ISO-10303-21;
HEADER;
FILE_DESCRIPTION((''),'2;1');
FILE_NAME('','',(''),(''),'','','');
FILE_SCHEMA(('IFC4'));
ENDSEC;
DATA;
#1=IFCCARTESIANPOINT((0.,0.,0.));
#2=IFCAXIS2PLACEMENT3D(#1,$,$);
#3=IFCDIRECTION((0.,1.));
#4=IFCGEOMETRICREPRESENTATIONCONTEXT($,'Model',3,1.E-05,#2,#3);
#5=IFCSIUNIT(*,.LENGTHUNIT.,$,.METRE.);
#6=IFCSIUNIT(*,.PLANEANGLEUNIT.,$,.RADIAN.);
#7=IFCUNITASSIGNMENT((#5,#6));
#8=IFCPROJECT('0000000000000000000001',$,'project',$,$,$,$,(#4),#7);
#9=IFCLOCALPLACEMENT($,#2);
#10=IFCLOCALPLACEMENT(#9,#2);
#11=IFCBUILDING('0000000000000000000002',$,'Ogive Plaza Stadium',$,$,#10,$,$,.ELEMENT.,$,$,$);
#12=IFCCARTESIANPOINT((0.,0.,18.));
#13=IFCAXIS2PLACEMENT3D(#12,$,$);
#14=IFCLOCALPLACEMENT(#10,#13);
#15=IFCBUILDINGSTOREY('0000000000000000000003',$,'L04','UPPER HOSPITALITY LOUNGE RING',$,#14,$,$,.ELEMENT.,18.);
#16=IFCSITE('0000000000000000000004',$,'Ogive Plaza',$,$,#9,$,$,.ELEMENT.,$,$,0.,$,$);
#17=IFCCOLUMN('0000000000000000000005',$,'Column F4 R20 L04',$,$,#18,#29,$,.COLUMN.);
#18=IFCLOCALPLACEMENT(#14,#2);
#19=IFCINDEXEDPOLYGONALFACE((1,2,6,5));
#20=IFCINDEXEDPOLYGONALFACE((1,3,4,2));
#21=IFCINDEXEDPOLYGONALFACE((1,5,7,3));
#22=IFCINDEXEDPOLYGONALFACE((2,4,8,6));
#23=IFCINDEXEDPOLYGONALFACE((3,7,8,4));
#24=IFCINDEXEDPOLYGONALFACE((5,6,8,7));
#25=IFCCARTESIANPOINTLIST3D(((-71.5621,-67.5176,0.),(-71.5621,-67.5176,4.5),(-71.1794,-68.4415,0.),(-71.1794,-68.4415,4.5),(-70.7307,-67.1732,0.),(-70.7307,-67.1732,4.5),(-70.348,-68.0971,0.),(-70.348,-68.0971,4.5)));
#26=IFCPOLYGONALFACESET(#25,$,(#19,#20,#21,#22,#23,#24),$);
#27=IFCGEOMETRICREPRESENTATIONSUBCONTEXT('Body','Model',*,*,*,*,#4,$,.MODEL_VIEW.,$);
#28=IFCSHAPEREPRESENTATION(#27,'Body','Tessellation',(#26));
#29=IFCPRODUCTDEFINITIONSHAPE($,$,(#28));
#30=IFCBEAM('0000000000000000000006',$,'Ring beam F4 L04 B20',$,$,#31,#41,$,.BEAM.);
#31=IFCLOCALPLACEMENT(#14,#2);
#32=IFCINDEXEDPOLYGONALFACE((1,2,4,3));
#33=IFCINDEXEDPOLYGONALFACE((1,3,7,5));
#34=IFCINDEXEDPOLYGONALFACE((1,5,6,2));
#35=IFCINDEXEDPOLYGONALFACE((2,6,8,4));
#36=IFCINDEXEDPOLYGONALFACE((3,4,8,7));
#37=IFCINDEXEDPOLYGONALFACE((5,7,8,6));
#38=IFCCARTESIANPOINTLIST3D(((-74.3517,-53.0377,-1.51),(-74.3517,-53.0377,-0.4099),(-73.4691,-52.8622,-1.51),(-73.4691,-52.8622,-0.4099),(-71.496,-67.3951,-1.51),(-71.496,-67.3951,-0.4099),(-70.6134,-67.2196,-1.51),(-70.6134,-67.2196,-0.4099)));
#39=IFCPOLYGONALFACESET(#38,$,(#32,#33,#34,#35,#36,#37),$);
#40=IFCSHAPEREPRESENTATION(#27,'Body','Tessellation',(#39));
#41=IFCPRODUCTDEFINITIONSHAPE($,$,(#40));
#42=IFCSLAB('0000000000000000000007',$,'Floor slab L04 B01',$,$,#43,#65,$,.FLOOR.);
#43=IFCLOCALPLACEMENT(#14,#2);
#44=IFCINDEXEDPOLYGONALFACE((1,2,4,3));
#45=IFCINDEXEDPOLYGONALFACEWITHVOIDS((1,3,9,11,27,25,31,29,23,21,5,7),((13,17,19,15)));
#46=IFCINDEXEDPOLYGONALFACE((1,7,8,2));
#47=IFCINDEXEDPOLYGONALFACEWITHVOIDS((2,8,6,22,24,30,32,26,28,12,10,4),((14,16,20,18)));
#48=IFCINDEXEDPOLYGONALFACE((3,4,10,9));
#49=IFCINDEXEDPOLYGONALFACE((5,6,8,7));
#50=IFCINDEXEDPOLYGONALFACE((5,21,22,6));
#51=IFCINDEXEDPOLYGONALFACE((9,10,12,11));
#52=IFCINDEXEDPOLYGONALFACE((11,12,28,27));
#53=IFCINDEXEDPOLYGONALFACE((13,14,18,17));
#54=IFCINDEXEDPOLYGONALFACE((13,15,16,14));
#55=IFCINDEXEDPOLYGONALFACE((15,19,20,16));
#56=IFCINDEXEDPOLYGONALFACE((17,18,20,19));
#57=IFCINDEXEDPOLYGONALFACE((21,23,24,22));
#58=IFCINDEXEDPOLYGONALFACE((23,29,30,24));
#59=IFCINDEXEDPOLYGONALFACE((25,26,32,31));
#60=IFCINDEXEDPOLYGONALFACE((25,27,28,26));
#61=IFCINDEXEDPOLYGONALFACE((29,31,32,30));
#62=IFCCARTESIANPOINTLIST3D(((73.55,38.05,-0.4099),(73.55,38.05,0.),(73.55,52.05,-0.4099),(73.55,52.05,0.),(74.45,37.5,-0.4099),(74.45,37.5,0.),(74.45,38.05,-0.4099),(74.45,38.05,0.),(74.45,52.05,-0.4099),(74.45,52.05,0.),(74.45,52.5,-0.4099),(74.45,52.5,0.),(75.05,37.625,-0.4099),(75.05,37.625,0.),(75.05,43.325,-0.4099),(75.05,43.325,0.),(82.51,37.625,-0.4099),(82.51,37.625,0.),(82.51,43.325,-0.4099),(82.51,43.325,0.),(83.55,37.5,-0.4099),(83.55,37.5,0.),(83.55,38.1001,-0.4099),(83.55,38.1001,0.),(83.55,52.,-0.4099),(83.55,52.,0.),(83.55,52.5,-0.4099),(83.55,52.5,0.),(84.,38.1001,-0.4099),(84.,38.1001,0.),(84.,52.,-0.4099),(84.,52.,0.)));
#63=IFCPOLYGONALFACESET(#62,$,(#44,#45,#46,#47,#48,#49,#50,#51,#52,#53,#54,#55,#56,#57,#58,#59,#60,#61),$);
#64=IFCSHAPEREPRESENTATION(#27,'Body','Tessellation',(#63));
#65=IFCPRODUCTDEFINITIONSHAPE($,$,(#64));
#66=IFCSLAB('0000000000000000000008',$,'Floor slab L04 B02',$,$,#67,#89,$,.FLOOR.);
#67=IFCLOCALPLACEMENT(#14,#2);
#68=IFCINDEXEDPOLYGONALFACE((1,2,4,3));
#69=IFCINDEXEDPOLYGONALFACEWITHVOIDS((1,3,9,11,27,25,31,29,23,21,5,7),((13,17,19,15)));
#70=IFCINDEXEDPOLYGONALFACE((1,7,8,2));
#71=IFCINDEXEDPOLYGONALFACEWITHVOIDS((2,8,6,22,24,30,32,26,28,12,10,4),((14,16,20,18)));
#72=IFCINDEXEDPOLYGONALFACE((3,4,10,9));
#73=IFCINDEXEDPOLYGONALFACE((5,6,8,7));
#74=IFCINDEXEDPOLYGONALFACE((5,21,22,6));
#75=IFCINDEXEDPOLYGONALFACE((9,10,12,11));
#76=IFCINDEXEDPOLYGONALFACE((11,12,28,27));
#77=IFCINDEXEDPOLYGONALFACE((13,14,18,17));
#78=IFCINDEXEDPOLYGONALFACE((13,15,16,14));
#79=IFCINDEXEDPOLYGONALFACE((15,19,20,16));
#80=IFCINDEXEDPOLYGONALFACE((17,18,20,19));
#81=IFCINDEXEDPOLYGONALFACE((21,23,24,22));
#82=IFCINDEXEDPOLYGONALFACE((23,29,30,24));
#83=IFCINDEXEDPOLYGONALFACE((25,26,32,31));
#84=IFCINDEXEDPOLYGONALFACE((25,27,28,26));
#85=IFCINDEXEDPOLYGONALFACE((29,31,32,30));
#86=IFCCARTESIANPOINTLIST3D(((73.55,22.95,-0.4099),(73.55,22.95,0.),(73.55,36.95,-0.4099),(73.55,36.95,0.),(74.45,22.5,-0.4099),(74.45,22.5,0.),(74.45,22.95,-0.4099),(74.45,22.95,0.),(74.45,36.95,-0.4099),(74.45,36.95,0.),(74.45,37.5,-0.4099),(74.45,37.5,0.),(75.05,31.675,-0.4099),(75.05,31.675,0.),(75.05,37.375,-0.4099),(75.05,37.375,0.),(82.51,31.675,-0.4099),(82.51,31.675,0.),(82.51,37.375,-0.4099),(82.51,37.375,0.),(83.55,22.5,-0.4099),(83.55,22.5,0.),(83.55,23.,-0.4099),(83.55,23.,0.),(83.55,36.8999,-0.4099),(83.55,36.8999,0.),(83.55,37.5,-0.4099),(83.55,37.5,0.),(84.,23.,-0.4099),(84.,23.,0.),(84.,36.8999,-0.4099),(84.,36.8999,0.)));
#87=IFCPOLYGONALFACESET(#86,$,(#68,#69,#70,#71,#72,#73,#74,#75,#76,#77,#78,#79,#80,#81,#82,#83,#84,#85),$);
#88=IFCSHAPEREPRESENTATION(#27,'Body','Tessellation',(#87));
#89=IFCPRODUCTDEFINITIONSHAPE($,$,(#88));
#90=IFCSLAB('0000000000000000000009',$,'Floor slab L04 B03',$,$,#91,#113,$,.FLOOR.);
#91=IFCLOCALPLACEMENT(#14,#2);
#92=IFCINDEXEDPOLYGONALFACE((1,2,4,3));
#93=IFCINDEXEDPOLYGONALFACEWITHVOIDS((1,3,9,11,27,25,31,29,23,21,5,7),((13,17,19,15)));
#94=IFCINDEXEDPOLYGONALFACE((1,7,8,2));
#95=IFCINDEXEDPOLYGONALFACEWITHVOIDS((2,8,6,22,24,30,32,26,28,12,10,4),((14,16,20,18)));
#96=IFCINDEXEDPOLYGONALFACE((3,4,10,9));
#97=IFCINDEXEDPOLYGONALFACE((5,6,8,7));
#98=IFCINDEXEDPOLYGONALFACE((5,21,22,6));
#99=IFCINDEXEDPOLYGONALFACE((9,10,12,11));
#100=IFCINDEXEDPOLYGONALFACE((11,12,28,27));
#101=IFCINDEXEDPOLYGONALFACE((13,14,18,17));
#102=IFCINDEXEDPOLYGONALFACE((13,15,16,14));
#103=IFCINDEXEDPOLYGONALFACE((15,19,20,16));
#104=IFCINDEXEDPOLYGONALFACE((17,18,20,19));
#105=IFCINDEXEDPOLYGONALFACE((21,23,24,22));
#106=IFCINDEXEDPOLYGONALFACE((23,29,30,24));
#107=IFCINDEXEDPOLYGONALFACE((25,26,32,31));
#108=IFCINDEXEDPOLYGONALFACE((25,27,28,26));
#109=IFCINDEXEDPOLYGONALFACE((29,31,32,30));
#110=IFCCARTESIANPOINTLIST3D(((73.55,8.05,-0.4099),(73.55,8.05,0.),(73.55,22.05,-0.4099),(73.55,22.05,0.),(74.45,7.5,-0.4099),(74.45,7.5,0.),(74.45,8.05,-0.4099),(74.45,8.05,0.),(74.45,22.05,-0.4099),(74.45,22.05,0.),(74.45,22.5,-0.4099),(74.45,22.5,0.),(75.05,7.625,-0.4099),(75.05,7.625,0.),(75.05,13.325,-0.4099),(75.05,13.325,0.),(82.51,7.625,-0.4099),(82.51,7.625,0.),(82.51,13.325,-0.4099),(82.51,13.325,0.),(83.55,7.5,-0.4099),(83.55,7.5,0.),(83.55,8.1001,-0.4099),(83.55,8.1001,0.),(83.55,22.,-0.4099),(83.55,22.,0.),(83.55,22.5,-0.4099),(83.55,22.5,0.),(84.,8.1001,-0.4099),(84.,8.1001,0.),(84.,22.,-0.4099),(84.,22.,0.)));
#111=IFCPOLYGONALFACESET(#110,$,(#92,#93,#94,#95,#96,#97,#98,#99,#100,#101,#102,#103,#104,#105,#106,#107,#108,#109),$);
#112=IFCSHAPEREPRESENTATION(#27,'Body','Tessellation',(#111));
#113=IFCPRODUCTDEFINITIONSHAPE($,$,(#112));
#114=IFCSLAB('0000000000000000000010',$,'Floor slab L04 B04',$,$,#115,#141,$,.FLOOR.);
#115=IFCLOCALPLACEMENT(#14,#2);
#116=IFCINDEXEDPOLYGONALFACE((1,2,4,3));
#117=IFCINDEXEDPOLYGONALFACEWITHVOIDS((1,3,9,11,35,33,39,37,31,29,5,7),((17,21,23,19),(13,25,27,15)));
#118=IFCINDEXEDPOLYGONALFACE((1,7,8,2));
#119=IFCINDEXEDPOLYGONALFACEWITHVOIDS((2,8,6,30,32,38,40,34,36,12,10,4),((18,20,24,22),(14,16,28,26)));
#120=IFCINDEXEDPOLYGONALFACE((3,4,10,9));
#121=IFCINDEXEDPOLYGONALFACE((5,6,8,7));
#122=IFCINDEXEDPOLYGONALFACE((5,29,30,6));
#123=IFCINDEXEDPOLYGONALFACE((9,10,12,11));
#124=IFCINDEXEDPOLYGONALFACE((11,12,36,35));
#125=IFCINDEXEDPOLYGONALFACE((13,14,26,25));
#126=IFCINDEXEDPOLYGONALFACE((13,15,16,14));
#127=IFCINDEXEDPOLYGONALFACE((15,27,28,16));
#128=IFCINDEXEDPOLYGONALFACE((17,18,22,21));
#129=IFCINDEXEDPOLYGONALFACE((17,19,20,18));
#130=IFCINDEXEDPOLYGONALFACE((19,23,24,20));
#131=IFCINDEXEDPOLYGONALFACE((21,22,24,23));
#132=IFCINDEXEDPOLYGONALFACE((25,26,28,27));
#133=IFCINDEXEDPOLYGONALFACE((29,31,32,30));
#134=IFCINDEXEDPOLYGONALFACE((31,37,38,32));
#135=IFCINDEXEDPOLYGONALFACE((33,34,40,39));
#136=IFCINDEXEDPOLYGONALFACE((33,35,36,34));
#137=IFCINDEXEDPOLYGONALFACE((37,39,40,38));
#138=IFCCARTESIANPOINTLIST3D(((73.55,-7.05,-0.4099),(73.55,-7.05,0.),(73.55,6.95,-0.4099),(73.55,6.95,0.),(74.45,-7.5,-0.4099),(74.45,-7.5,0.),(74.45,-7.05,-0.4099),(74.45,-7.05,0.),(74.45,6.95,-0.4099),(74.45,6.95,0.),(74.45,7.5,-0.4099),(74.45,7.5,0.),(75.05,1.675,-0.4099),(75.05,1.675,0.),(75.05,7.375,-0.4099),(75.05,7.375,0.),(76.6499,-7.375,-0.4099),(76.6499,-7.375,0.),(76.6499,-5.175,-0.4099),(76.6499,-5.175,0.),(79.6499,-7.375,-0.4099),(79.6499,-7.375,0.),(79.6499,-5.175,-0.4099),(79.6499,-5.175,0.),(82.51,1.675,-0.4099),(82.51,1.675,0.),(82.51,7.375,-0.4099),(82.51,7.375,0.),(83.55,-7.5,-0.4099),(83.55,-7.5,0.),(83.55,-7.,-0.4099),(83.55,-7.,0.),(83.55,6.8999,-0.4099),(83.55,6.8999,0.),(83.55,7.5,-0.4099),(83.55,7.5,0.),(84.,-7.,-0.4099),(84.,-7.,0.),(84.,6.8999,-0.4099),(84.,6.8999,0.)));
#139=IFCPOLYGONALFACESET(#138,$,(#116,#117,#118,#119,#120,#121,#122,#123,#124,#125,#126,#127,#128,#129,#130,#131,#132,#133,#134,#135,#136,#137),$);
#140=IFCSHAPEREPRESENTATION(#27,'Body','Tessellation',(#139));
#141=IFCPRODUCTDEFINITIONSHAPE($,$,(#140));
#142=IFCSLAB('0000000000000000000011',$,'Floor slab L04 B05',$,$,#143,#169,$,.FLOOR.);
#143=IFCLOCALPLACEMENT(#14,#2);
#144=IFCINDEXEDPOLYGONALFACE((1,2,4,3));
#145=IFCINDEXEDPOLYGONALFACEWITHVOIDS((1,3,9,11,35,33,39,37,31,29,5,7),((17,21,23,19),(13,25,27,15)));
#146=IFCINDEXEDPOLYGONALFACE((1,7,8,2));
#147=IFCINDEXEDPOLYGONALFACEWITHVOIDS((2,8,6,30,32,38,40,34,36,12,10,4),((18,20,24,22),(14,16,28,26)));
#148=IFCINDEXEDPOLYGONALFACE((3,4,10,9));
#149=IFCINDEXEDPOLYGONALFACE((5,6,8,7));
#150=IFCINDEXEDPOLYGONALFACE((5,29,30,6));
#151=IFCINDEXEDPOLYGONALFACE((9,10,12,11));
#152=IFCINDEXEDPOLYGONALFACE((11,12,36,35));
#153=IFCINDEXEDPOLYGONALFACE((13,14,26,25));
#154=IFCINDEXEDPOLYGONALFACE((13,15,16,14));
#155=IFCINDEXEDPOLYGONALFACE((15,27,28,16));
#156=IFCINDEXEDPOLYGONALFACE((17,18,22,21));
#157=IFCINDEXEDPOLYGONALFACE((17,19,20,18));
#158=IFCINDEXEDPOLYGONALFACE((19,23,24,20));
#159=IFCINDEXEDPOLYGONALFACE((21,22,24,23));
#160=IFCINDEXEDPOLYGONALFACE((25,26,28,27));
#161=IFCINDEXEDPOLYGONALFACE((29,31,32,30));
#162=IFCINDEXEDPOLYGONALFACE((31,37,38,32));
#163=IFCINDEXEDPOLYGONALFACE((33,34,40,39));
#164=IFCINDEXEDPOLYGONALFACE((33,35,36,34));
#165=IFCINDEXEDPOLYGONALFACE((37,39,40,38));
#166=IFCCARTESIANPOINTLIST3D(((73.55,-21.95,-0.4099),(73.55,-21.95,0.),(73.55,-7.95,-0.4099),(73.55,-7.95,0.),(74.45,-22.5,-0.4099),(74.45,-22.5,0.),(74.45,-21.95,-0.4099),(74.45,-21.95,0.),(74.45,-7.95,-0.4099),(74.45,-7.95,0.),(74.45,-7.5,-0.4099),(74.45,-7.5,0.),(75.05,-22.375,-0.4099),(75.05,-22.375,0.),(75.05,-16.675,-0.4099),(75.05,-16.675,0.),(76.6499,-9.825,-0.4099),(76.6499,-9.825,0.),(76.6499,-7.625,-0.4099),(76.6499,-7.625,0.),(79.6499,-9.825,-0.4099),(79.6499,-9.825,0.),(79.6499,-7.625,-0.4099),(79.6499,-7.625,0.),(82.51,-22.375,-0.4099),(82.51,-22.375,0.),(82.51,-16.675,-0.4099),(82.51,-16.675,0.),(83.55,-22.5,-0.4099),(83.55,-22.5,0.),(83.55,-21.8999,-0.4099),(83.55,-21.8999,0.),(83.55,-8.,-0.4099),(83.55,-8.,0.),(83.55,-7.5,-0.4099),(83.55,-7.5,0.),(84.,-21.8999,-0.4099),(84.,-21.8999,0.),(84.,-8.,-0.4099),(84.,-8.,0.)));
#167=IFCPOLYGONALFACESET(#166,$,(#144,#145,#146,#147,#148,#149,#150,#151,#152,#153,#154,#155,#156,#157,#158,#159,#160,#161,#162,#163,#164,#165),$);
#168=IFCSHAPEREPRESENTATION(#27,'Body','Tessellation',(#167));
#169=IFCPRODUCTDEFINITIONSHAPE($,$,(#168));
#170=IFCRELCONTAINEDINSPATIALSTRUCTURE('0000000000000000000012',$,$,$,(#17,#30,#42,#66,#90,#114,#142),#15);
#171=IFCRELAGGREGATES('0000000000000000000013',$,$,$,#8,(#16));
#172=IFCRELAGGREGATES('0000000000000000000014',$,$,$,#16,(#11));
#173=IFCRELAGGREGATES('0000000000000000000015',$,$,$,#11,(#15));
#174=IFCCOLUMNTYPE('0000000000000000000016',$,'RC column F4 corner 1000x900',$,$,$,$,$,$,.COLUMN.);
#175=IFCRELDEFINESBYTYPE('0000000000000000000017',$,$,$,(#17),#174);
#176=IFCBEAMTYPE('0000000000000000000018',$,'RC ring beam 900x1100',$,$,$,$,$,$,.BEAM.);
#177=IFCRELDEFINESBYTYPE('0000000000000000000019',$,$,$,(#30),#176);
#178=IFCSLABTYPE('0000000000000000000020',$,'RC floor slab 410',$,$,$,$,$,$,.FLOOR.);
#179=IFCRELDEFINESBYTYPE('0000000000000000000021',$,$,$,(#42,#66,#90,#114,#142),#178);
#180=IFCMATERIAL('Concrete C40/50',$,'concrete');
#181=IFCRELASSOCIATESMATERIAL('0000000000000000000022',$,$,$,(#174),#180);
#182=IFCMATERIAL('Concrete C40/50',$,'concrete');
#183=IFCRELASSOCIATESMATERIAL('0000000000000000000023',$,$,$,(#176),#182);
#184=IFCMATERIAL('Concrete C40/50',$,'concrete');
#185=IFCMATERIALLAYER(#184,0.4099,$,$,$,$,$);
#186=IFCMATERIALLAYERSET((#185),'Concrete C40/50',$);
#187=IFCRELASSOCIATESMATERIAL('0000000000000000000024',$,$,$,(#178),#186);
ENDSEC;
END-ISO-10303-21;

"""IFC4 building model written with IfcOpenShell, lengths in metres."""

from ifc_helpers import new_model, si_unit, direction, frame, origin, origin_2d, place, context, subcontext, project, spatial, polyline, rectangle, outline, extrude, material, layer, layer_set, material_profile, profile_set, type_object, element, save


model = new_model("IFC4")

# Units and contexts
model_context = context("Model", 3, precision=1e-05, world=origin(), true_north=direction((0.0, 1.0)))
body_context = subcontext(model_context, "Body", "Model", "MODEL_VIEW")
ifc_project = project(units=[si_unit("LENGTHUNIT", "METRE"), si_unit("PLANEANGLEUNIT", "RADIAN")], contexts=[model_context])

# Site, building, storey
site_placement = place(None, origin())
site = spatial("IfcSite", under=ifc_project, at=site_placement, Name="Ogive Plaza", CompositionType="ELEMENT", RefElevation=0.0)
building_placement = place(site_placement, origin())
building = spatial("IfcBuilding", under=site, at=building_placement, Name="Ogive Plaza Stadium", CompositionType="ELEMENT")
storey_placement = place(building_placement, frame((0.0, 0.0, 18.0)))
storey = spatial("IfcBuildingStorey", under=building, at=storey_placement, Name="L04", Description="UPPER HOSPITALITY LOUNGE RING", CompositionType="ELEMENT", Elevation=18.0)

# Column
ifc_material_1 = material(Name="Concrete C40/50", Category="concrete")
ifc_material_profile_1 = material_profile(ifc_material_1, rectangle(XDim=1.0, YDim=0.8999, at=origin_2d()), Name="RC 1000x900")
ifc_profile_set_1 = profile_set([ifc_material_profile_1], Name="Concrete C40/50")
column_type = type_object("IfcColumnType", Name="RC column F4 corner 1000x900", PredefinedType="COLUMN", material=ifc_profile_set_1)
column_placement = place(storey_placement, frame((-70.9551, -67.8074, 0.0), z_axis=(0.0, 0.0, 1.0), x_axis=(0.382683, -0.92388, 0.0)))
element("IfcColumn", 1, at=column_placement, inside=storey, type_object=column_type, Name="Column F4 R20 L04", PredefinedType="COLUMN", context=body_context, shape_type="SweptSolid", body=[
    extrude(rectangle(XDim=1.0, YDim=0.8999, at=origin_2d()), origin(), (0.0, 0.0, 1.0), 4.5),
])

# Beam
ifc_material_2 = material(Name="Concrete C40/50", Category="concrete")
ifc_material_profile_2 = material_profile(ifc_material_2, rectangle(XDim=0.8999, YDim=1.1001, at=origin_2d()), Name="RC 900x1100")
ifc_profile_set_2 = profile_set([ifc_material_profile_2], Name="Concrete C40/50")
beam_type = type_object("IfcBeamType", Name="RC ring beam 900x1100", PredefinedType="BEAM", material=ifc_profile_set_2)
beam_placement = place(storey_placement, frame((-71.0547, -67.3074, -0.96), z_axis=(-0.19508, 0.980787, 0.0), x_axis=(-0.980787, -0.19508, 0.0)))
element("IfcBeam", 2, at=beam_placement, inside=storey, type_object=beam_type, Name="Ring beam F4 L04 B20", PredefinedType="BEAM", context=body_context, shape_type="SweptSolid", body=[
    extrude(rectangle(XDim=0.8999, YDim=1.1001, at=origin_2d()), origin(), (0.0, 0.0, 1.0), 14.6387),
])

# Slabs
ifc_material_3 = material(Name="Concrete C40/50", Category="concrete")
ifc_layer_1 = layer(ifc_material_3, 0.4099)
ifc_layer_set_1 = layer_set([ifc_layer_1], Name="Concrete C40/50")
slab_type = type_object("IfcSlabType", Name="RC floor slab 410", PredefinedType="FLOOR", material=ifc_layer_set_1)
slab_1_placement = place(storey_placement, frame((0.0, 0.0, -0.4099)))
element("IfcSlab", 3, at=slab_1_placement, inside=storey, type_object=slab_type, Name="Floor slab L04 B01", PredefinedType="FLOOR", context=body_context, shape_type="SweptSolid", body=[
    extrude(outline(polyline([(83.55, 37.5), (83.55, 38.1001), (84.0, 38.1001), (84.0, 52.0), (83.55, 52.0), (83.55, 52.5), (74.45, 52.5), (74.45, 52.05), (73.55, 52.05), (73.55, 38.05), (74.45, 38.05), (74.45, 37.5), (83.55, 37.5)]), holes=[polyline([(75.05, 43.325), (75.05, 37.625), (82.51, 37.625), (82.51, 43.325), (75.05, 43.325)])]), origin(), (0.0, 0.0, 1.0), 0.4099),
])
slab_2_placement = place(storey_placement, frame((0.0, 0.0, -0.4099)))
element("IfcSlab", 4, at=slab_2_placement, inside=storey, type_object=slab_type, Name="Floor slab L04 B02", PredefinedType="FLOOR", context=body_context, shape_type="SweptSolid", body=[
    extrude(outline(polyline([(83.55, 22.5), (83.55, 23.0), (84.0, 23.0), (84.0, 36.8999), (83.55, 36.8999), (83.55, 37.5), (74.45, 37.5), (74.45, 36.95), (73.55, 36.95), (73.55, 22.95), (74.45, 22.95), (74.45, 22.5), (83.55, 22.5)]), holes=[polyline([(75.05, 37.375), (75.05, 31.675), (82.51, 31.675), (82.51, 37.375), (75.05, 37.375)])]), origin(), (0.0, 0.0, 1.0), 0.4099),
])
slab_3_placement = place(storey_placement, frame((0.0, 0.0, -0.4099)))
element("IfcSlab", 5, at=slab_3_placement, inside=storey, type_object=slab_type, Name="Floor slab L04 B03", PredefinedType="FLOOR", context=body_context, shape_type="SweptSolid", body=[
    extrude(outline(polyline([(83.55, 7.5), (83.55, 8.1001), (84.0, 8.1001), (84.0, 22.0), (83.55, 22.0), (83.55, 22.5), (74.45, 22.5), (74.45, 22.05), (73.55, 22.05), (73.55, 8.05), (74.45, 8.05), (74.45, 7.5), (83.55, 7.5)]), holes=[polyline([(75.05, 13.325), (75.05, 7.625), (82.51, 7.625), (82.51, 13.325), (75.05, 13.325)])]), origin(), (0.0, 0.0, 1.0), 0.4099),
])
slab_4_placement = place(storey_placement, frame((0.0, 0.0, -0.4099)))
element("IfcSlab", 6, at=slab_4_placement, inside=storey, type_object=slab_type, Name="Floor slab L04 B04", PredefinedType="FLOOR", context=body_context, shape_type="SweptSolid", body=[
    extrude(outline(polyline([(83.55, -7.5), (83.55, -7.0), (84.0, -7.0), (84.0, 6.8999), (83.55, 6.8999), (83.55, 7.5), (74.45, 7.5), (74.45, 6.95), (73.55, 6.95), (73.55, -7.05), (74.45, -7.05), (74.45, -7.5), (83.55, -7.5)]), holes=[polyline([(76.6499, -5.175), (76.6499, -7.375), (79.6499, -7.375), (79.6499, -5.175), (76.6499, -5.175)]), polyline([(75.05, 7.375), (75.05, 1.675), (82.51, 1.675), (82.51, 7.375), (75.05, 7.375)])]), origin(), (0.0, 0.0, 1.0), 0.4099),
])
slab_5_placement = place(storey_placement, frame((0.0, 0.0, -0.4099)))
element("IfcSlab", 7, at=slab_5_placement, inside=storey, type_object=slab_type, Name="Floor slab L04 B05", PredefinedType="FLOOR", context=body_context, shape_type="SweptSolid", body=[
    extrude(outline(polyline([(83.55, -22.5), (83.55, -21.8999), (84.0, -21.8999), (84.0, -8.0), (83.55, -8.0), (83.55, -7.5), (74.45, -7.5), (74.45, -7.95), (73.55, -7.95), (73.55, -21.95), (74.45, -21.95), (74.45, -22.5), (83.55, -22.5)]), holes=[polyline([(75.05, -16.675), (75.05, -22.375), (82.51, -22.375), (82.51, -16.675), (75.05, -16.675)]), polyline([(76.6499, -7.625), (76.6499, -9.825), (79.6499, -9.825), (79.6499, -7.625), (76.6499, -7.625)])]), origin(), (0.0, 0.0, 1.0), 0.4099),
])

save(model, "model.ifc")
